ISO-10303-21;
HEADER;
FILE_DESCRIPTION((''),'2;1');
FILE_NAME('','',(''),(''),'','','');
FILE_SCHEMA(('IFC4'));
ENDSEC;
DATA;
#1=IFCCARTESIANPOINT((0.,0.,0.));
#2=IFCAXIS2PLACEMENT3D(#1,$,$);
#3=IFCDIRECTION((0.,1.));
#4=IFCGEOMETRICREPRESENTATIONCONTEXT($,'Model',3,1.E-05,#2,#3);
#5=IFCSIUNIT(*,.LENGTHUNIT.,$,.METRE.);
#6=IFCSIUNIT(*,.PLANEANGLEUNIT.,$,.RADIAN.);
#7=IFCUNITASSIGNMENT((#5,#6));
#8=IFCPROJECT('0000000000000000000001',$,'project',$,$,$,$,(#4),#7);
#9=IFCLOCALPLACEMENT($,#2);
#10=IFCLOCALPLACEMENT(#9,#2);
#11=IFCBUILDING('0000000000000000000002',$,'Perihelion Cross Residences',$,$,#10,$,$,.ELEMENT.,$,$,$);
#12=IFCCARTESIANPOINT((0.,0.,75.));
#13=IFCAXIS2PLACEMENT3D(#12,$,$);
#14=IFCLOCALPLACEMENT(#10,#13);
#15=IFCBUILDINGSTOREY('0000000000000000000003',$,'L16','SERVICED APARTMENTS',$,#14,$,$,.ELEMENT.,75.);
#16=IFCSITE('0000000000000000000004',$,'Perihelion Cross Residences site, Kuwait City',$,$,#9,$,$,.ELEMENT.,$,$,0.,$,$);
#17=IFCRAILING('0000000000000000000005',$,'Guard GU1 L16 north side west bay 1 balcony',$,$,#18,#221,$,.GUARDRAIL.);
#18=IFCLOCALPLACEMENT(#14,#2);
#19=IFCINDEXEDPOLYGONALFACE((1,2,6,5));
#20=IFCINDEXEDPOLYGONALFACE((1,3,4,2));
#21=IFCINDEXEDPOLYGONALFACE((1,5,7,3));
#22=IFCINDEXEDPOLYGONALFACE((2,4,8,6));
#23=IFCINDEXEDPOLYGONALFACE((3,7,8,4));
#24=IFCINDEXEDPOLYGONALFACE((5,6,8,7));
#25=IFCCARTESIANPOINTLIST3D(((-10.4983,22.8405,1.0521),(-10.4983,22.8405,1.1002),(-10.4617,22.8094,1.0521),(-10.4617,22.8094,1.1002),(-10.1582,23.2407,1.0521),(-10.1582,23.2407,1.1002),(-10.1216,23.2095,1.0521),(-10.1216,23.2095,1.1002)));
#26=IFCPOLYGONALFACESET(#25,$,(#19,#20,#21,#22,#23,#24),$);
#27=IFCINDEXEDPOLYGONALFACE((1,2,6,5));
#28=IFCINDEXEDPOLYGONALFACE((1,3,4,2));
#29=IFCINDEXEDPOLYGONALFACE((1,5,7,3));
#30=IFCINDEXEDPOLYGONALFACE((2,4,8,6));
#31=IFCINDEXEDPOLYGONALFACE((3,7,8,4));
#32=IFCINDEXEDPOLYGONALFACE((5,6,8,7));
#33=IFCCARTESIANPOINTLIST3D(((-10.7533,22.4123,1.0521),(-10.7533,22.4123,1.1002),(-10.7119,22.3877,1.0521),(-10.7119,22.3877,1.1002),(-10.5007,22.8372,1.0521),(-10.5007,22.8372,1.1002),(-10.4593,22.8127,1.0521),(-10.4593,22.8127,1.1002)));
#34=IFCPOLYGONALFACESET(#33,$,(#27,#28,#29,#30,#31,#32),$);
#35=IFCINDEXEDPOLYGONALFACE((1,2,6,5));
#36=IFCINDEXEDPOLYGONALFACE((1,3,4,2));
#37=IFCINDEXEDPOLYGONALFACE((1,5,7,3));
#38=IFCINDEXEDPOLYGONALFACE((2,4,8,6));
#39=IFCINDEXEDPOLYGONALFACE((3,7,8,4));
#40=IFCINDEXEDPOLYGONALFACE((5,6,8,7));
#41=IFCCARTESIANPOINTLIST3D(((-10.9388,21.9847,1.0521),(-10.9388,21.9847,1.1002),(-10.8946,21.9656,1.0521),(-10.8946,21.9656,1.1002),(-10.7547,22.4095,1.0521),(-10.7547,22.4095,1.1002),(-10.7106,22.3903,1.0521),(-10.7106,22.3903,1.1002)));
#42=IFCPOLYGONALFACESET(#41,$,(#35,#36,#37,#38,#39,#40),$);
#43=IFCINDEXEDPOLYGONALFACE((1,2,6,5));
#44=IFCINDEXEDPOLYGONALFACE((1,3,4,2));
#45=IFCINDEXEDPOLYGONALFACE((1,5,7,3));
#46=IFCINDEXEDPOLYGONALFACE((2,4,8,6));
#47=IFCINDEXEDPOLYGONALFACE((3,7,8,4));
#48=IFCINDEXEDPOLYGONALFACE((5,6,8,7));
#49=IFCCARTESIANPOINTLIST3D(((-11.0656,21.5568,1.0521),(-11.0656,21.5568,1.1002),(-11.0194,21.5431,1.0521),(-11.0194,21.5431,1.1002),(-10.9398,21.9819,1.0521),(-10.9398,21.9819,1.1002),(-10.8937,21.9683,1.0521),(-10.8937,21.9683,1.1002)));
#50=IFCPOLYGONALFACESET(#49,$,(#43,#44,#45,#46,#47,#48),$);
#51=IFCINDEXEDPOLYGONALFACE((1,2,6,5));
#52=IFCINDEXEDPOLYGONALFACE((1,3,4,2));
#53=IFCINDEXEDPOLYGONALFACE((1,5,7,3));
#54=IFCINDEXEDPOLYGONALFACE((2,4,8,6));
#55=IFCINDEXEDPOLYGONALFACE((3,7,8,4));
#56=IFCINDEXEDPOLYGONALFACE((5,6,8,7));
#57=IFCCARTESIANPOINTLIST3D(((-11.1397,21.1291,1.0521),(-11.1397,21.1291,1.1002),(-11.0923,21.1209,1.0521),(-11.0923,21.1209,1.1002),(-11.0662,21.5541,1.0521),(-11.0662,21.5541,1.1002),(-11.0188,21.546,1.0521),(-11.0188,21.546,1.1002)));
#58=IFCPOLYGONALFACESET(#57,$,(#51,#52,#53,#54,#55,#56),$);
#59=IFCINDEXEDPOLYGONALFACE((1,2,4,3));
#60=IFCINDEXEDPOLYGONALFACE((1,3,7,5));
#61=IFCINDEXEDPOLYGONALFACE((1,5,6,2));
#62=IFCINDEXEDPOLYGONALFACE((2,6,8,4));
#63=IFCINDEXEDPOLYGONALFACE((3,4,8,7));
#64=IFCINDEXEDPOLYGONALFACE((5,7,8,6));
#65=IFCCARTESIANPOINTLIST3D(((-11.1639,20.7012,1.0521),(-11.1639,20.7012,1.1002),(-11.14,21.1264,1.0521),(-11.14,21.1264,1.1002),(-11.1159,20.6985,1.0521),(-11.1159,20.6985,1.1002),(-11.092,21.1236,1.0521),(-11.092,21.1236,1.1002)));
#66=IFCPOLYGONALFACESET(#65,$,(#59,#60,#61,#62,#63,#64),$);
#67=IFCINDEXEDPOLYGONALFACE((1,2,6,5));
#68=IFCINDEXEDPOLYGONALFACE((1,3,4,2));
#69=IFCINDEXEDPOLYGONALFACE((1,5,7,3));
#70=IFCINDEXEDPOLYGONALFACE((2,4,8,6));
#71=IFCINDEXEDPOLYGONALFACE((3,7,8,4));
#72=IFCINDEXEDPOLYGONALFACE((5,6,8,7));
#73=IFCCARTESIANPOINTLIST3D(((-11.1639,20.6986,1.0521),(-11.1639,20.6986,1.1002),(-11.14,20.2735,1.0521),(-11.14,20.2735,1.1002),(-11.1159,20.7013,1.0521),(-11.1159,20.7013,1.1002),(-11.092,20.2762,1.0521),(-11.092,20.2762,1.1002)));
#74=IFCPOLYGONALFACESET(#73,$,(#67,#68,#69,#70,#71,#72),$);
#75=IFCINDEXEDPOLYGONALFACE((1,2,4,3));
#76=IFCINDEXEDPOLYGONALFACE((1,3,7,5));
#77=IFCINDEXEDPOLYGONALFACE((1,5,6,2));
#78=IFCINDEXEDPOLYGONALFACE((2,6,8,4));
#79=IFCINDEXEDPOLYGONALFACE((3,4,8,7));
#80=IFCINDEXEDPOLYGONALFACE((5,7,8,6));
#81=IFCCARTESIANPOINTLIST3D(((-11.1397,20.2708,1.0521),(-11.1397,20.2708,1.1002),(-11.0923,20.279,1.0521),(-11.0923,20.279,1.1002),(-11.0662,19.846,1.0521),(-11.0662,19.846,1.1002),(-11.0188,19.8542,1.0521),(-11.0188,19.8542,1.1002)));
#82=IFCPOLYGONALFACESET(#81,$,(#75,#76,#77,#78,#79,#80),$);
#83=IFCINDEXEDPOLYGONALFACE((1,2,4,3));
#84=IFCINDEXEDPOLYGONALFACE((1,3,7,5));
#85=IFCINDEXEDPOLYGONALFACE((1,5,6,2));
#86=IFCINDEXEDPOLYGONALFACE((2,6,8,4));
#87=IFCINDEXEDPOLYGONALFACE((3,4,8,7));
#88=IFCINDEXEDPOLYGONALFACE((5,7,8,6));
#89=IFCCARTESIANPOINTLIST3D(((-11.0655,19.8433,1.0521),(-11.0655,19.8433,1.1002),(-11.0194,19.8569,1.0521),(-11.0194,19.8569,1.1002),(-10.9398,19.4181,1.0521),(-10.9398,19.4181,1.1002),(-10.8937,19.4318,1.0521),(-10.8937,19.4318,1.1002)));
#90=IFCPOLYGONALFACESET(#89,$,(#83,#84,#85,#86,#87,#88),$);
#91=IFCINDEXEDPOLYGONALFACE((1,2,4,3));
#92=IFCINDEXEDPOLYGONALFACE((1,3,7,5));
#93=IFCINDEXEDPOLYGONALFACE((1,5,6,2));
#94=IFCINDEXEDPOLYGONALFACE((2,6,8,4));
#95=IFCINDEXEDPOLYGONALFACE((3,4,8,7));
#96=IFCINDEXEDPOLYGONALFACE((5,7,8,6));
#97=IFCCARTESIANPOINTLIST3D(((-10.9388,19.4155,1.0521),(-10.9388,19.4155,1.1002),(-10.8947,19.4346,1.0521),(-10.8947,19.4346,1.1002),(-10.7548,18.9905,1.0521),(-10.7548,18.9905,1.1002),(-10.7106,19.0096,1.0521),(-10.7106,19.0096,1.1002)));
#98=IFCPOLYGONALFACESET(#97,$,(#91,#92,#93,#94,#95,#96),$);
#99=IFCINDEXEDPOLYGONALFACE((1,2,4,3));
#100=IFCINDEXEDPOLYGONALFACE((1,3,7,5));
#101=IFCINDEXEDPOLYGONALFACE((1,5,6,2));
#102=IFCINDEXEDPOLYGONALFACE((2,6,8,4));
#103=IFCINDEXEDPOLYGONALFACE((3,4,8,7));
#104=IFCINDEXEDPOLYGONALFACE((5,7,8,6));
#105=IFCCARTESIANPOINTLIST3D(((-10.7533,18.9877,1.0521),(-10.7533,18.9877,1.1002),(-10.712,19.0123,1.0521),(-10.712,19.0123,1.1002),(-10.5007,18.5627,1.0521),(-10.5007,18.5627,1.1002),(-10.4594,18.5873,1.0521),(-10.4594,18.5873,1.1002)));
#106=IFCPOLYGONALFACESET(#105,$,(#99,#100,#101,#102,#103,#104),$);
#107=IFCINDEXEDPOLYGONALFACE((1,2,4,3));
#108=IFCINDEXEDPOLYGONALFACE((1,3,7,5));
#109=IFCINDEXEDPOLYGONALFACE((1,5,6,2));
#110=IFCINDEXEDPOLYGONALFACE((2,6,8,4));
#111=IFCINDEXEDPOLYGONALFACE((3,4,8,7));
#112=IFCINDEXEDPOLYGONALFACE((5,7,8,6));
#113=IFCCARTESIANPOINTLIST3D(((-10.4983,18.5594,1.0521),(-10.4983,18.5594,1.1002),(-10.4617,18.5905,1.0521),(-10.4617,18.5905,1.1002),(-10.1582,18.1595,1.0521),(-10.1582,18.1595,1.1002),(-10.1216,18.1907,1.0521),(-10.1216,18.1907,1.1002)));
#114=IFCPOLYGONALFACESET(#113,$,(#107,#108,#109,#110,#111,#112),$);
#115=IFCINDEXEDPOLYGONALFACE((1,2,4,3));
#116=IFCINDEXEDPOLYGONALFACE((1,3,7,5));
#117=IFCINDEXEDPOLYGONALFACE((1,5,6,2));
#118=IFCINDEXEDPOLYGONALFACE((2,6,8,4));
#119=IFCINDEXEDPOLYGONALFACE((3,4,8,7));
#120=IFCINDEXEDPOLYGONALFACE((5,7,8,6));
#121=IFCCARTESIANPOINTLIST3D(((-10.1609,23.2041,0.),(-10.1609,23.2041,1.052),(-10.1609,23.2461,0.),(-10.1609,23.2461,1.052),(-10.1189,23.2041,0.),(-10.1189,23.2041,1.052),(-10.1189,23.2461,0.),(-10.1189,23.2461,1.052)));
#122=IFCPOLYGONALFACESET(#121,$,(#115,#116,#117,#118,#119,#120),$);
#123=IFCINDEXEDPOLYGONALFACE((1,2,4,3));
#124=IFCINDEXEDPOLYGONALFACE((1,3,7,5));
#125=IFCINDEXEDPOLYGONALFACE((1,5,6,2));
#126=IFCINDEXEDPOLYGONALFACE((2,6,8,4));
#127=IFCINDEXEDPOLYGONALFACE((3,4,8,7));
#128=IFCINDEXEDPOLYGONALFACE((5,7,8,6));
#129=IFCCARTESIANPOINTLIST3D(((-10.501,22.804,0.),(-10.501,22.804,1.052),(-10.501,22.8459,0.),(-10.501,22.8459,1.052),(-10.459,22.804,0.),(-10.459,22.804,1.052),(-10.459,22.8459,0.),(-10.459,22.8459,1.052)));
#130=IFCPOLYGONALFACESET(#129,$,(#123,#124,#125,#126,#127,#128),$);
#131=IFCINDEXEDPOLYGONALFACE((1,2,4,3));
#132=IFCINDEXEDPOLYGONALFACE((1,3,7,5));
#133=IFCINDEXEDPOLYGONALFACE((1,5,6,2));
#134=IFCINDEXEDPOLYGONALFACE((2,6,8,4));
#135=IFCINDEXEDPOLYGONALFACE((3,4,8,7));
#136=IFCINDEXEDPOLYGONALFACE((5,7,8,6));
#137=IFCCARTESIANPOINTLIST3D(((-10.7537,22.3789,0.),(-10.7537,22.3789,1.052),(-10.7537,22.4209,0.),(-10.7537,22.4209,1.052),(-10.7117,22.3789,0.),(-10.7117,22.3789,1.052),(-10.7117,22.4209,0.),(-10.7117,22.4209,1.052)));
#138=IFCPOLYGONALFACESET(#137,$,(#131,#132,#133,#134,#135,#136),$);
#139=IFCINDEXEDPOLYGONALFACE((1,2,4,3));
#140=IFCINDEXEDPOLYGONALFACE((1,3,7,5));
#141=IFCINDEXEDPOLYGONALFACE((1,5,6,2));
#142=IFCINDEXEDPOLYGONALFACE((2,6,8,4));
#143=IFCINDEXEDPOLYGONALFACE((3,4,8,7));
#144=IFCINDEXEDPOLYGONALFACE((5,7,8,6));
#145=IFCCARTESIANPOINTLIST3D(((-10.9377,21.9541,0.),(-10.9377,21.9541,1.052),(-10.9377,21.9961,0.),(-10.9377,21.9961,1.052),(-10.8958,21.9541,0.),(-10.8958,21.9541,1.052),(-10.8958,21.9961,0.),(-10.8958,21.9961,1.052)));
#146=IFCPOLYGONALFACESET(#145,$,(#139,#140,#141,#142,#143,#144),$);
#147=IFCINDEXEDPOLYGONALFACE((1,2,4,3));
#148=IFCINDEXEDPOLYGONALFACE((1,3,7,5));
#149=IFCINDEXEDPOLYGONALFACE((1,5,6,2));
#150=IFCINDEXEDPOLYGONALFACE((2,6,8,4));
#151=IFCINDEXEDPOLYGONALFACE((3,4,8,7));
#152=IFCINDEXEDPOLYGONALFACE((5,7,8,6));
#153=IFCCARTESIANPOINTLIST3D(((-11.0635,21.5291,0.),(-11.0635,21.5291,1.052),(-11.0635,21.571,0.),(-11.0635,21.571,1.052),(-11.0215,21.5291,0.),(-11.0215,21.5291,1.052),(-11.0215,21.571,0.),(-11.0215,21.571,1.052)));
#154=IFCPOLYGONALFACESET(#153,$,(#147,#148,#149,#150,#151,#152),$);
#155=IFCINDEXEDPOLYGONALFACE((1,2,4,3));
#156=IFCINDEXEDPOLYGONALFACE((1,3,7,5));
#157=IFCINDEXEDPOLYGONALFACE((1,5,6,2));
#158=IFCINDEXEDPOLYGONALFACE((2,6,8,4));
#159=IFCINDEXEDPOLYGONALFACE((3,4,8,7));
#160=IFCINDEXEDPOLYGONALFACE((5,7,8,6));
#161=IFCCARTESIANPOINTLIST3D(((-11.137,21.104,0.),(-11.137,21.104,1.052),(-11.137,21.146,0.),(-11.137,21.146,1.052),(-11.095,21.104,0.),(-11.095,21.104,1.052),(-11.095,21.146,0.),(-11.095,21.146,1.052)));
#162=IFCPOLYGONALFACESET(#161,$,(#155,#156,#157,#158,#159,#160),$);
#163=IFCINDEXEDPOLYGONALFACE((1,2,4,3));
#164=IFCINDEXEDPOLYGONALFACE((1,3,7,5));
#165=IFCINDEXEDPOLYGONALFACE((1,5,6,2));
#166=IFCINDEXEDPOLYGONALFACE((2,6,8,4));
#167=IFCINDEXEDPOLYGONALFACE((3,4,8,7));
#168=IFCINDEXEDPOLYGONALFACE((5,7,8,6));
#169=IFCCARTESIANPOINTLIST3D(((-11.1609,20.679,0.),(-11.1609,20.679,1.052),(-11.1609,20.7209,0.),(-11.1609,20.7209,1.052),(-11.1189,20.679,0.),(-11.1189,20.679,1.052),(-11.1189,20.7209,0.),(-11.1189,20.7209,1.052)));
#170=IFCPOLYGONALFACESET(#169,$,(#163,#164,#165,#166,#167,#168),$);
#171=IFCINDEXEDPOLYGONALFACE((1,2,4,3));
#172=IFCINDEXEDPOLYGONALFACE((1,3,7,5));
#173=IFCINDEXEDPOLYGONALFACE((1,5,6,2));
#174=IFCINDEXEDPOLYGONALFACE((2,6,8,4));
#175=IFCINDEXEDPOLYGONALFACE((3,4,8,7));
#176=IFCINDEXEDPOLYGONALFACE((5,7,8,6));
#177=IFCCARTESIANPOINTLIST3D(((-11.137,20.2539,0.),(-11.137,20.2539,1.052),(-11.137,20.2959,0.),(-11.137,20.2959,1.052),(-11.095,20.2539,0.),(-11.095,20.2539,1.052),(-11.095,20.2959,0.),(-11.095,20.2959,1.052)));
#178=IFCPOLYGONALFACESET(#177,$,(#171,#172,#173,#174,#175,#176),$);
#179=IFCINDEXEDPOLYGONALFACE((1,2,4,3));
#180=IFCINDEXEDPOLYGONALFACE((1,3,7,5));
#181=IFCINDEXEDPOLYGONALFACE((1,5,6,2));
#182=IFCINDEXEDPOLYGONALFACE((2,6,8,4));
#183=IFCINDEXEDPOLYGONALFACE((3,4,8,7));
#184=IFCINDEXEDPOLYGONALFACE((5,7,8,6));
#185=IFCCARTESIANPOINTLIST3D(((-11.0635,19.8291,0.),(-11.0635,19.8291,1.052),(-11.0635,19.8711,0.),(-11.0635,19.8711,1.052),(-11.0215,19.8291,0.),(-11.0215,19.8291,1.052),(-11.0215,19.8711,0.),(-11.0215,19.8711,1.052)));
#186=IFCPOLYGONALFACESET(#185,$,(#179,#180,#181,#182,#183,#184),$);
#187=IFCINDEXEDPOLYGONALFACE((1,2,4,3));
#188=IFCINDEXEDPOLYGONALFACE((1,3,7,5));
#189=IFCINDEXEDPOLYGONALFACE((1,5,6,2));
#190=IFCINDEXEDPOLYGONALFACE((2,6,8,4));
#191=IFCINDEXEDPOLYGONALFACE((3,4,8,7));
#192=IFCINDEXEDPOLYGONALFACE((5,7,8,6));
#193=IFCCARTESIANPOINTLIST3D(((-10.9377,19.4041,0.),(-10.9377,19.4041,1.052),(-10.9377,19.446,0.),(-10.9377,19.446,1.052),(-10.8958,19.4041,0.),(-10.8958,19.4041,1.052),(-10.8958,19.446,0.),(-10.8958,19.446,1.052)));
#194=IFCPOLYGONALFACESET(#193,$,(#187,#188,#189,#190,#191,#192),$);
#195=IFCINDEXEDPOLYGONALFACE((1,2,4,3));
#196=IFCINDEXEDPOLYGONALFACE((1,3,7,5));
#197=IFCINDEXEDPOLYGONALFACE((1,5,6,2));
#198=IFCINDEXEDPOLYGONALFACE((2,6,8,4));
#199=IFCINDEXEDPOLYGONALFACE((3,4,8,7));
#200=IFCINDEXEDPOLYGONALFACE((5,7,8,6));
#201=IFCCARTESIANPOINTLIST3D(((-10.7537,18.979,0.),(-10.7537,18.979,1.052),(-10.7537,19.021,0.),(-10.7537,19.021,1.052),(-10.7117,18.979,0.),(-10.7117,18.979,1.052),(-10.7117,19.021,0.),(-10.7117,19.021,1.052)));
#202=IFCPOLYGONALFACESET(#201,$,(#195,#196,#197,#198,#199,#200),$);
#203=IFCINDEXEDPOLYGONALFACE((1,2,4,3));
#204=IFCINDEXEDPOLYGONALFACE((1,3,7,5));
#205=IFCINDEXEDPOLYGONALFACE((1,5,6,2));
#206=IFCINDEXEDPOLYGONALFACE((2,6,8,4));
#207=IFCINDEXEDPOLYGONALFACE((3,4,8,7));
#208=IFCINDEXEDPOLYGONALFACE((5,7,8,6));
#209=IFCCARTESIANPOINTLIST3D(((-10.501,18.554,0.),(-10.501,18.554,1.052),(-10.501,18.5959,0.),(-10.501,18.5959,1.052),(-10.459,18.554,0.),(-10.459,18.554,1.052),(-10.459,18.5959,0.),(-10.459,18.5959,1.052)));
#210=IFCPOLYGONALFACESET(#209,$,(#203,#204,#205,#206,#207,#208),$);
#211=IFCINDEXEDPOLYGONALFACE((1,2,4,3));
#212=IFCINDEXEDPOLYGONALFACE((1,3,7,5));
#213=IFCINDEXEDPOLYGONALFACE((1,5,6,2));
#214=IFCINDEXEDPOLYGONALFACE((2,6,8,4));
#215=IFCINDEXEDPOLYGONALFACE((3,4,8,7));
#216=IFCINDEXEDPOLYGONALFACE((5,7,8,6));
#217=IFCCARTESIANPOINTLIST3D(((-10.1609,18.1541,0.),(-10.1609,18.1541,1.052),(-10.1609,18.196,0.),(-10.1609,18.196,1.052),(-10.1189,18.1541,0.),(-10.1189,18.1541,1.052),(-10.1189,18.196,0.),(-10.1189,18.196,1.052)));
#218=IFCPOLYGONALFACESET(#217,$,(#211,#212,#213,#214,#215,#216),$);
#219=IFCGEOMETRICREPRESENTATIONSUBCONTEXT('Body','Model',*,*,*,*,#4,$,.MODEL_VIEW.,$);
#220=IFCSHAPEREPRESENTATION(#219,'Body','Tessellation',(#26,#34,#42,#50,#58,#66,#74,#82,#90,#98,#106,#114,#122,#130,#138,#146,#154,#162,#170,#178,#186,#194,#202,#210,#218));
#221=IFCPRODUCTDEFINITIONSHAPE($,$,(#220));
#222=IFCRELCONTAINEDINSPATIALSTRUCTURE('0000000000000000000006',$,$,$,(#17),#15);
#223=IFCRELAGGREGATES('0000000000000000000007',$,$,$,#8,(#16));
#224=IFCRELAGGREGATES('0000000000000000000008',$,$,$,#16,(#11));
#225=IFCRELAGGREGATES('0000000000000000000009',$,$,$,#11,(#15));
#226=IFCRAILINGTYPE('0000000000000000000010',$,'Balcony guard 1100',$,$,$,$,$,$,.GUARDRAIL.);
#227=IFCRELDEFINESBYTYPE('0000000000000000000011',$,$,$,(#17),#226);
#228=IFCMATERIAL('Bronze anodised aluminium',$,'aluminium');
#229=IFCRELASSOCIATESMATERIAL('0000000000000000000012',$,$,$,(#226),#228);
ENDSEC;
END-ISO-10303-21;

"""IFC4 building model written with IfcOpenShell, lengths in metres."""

from ifc_helpers import new_model, si_unit, direction, frame, origin, origin_2d, place, context, subcontext, project, spatial, rectangle, extrude, material, type_object, element, save


model = new_model("IFC4")

# Units and contexts
model_context = context("Model", 3, precision=1e-05, world=origin(), true_north=direction((0.0, 1.0)))
body_context = subcontext(model_context, "Body", "Model", "MODEL_VIEW")
ifc_project = project(units=[si_unit("LENGTHUNIT", "METRE"), si_unit("PLANEANGLEUNIT", "RADIAN")], contexts=[model_context])

# Site, building, storey
site_placement = place(None, origin())
site = spatial("IfcSite", under=ifc_project, at=site_placement, Name="Perihelion Cross Residences site, Kuwait City", CompositionType="ELEMENT", RefElevation=0.0)
building_placement = place(site_placement, origin())
building = spatial("IfcBuilding", under=site, at=building_placement, Name="Perihelion Cross Residences", CompositionType="ELEMENT")
storey_placement = place(building_placement, frame((0.0, 0.0, 75.0)))
storey = spatial("IfcBuildingStorey", under=building, at=storey_placement, Name="L16", Description="SERVICED APARTMENTS", CompositionType="ELEMENT", Elevation=75.0)

# Railing
ifc_material_1 = material(Name="Bronze anodised aluminium", Category="aluminium")
railing_type = type_object("IfcRailingType", Name="Balcony guard 1100", PredefinedType="GUARDRAIL", material=ifc_material_1)
railing_1_placement = place(storey_placement, frame((-10.1399, 23.2251, 0.0)))
element("IfcRailing", 1, at=railing_1_placement, inside=storey, type_object=railing_type, Name="Guard GU1 L16 north side west bay 1 balcony", PredefinedType="GUARDRAIL", context=body_context, shape_type="SweptSolid", body=[
    extrude(rectangle(XDim=0.0481, YDim=0.0481, at=origin_2d()), frame((0.0, 0.0, 1.0762), z_axis=(-0.647608, -0.761974, 0.0), x_axis=(0.761974, -0.647608, 0.0)), (0.0, 0.0, 1.0), 0.5251),
    extrude(rectangle(XDim=0.0481, YDim=0.0481, at=origin_2d()), frame((-0.3401, -0.4001, 1.0762), z_axis=(-0.511006, -0.859577, 0.0), x_axis=(0.859577, -0.511006, 0.0)), (0.0, 0.0, 1.0), 0.4944),
    extrude(rectangle(XDim=0.0481, YDim=0.0481, at=origin_2d()), frame((-0.5928, -0.8252, 1.0762), z_axis=(-0.397607, -0.917556, 0.0), x_axis=(0.917556, -0.397607, 0.0)), (0.0, 0.0, 1.0), 0.4629),
    extrude(rectangle(XDim=0.0481, YDim=0.0481, at=origin_2d()), frame((-0.7769, -1.25, 1.0762), z_axis=(-0.283657, -0.958926, 0.0), x_axis=(0.958926, -0.283657, 0.0)), (0.0, 0.0, 1.0), 0.4434),
    extrude(rectangle(XDim=0.0481, YDim=0.0481, at=origin_2d()), frame((-0.9026, -1.675, 1.0762), z_axis=(-0.170362, -0.985382, 0.0), x_axis=(0.985382, -0.170362, 0.0)), (0.0, 0.0, 1.0), 0.4314),
    extrude(rectangle(XDim=0.0481, YDim=0.0481, at=origin_2d()), frame((-0.9761, -2.1001, 1.0762), z_axis=(-0.056201, -0.99842, 0.0), x_axis=(0.99842, -0.056201, 0.0)), (0.0, 0.0, 1.0), 0.4258),
    extrude(rectangle(XDim=0.0481, YDim=0.0481, at=origin_2d()), frame((-1.0, -2.5251, 1.0762), z_axis=(0.056201, -0.99842, 0.0), x_axis=(0.99842, 0.056201, 0.0)), (0.0, 0.0, 1.0), 0.4258),
    extrude(rectangle(XDim=0.0481, YDim=0.0481, at=origin_2d()), frame((-0.9761, -2.9502, 1.0762), z_axis=(0.170457, -0.985365, 0.0), x_axis=(0.985365, 0.170457, 0.0)), (0.0, 0.0, 1.0), 0.4312),
    extrude(rectangle(XDim=0.0481, YDim=0.0481, at=origin_2d()), frame((-0.9026, -3.375, 1.0762), z_axis=(0.283657, -0.958926, 0.0), x_axis=(0.958926, 0.283657, 0.0)), (0.0, 0.0, 1.0), 0.4434),
    extrude(rectangle(XDim=0.0481, YDim=0.0481, at=origin_2d()), frame((-0.7769, -3.8, 1.0762), z_axis=(0.397415, -0.917639, 0.0), x_axis=(0.917639, 0.397415, 0.0)), (0.0, 0.0, 1.0), 0.4631),
    extrude(rectangle(XDim=0.0481, YDim=0.0481, at=origin_2d()), frame((-0.5928, -4.2251, 1.0762), z_axis=(0.511006, -0.859577, 0.0), x_axis=(0.859577, 0.511006, 0.0)), (0.0, 0.0, 1.0), 0.4944),
    extrude(rectangle(XDim=0.0481, YDim=0.0481, at=origin_2d()), frame((-0.3401, -4.6501, 1.0762), z_axis=(0.647837, -0.761779, 0.0), x_axis=(0.761779, 0.647837, 0.0)), (0.0, 0.0, 1.0), 0.5249),
    extrude(rectangle(XDim=0.042, YDim=0.042, at=origin_2d()), origin(), (0.0, 0.0, 1.0), 1.052),
    extrude(rectangle(XDim=0.042, YDim=0.042, at=origin_2d()), frame((-0.3401, -0.4001, 0.0)), (0.0, 0.0, 1.0), 1.052),
    extrude(rectangle(XDim=0.042, YDim=0.042, at=origin_2d()), frame((-0.5928, -0.8252, 0.0)), (0.0, 0.0, 1.0), 1.052),
    extrude(rectangle(XDim=0.042, YDim=0.042, at=origin_2d()), frame((-0.7769, -1.25, 0.0)), (0.0, 0.0, 1.0), 1.052),
    extrude(rectangle(XDim=0.042, YDim=0.042, at=origin_2d()), frame((-0.9026, -1.675, 0.0)), (0.0, 0.0, 1.0), 1.052),
    extrude(rectangle(XDim=0.042, YDim=0.042, at=origin_2d()), frame((-0.9761, -2.1001, 0.0)), (0.0, 0.0, 1.0), 1.052),
    extrude(rectangle(XDim=0.042, YDim=0.042, at=origin_2d()), frame((-1.0, -2.5251, 0.0)), (0.0, 0.0, 1.0), 1.052),
    extrude(rectangle(XDim=0.042, YDim=0.042, at=origin_2d()), frame((-0.9761, -2.9502, 0.0)), (0.0, 0.0, 1.0), 1.052),
    extrude(rectangle(XDim=0.042, YDim=0.042, at=origin_2d()), frame((-0.9026, -3.375, 0.0)), (0.0, 0.0, 1.0), 1.052),
    extrude(rectangle(XDim=0.042, YDim=0.042, at=origin_2d()), frame((-0.7769, -3.8, 0.0)), (0.0, 0.0, 1.0), 1.052),
    extrude(rectangle(XDim=0.042, YDim=0.042, at=origin_2d()), frame((-0.5928, -4.2251, 0.0)), (0.0, 0.0, 1.0), 1.052),
    extrude(rectangle(XDim=0.042, YDim=0.042, at=origin_2d()), frame((-0.3401, -4.6501, 0.0)), (0.0, 0.0, 1.0), 1.052),
    extrude(rectangle(XDim=0.042, YDim=0.042, at=origin_2d()), frame((0.0, -5.05, 0.0)), (0.0, 0.0, 1.0), 1.052),
])

save(model, "model.ifc")
